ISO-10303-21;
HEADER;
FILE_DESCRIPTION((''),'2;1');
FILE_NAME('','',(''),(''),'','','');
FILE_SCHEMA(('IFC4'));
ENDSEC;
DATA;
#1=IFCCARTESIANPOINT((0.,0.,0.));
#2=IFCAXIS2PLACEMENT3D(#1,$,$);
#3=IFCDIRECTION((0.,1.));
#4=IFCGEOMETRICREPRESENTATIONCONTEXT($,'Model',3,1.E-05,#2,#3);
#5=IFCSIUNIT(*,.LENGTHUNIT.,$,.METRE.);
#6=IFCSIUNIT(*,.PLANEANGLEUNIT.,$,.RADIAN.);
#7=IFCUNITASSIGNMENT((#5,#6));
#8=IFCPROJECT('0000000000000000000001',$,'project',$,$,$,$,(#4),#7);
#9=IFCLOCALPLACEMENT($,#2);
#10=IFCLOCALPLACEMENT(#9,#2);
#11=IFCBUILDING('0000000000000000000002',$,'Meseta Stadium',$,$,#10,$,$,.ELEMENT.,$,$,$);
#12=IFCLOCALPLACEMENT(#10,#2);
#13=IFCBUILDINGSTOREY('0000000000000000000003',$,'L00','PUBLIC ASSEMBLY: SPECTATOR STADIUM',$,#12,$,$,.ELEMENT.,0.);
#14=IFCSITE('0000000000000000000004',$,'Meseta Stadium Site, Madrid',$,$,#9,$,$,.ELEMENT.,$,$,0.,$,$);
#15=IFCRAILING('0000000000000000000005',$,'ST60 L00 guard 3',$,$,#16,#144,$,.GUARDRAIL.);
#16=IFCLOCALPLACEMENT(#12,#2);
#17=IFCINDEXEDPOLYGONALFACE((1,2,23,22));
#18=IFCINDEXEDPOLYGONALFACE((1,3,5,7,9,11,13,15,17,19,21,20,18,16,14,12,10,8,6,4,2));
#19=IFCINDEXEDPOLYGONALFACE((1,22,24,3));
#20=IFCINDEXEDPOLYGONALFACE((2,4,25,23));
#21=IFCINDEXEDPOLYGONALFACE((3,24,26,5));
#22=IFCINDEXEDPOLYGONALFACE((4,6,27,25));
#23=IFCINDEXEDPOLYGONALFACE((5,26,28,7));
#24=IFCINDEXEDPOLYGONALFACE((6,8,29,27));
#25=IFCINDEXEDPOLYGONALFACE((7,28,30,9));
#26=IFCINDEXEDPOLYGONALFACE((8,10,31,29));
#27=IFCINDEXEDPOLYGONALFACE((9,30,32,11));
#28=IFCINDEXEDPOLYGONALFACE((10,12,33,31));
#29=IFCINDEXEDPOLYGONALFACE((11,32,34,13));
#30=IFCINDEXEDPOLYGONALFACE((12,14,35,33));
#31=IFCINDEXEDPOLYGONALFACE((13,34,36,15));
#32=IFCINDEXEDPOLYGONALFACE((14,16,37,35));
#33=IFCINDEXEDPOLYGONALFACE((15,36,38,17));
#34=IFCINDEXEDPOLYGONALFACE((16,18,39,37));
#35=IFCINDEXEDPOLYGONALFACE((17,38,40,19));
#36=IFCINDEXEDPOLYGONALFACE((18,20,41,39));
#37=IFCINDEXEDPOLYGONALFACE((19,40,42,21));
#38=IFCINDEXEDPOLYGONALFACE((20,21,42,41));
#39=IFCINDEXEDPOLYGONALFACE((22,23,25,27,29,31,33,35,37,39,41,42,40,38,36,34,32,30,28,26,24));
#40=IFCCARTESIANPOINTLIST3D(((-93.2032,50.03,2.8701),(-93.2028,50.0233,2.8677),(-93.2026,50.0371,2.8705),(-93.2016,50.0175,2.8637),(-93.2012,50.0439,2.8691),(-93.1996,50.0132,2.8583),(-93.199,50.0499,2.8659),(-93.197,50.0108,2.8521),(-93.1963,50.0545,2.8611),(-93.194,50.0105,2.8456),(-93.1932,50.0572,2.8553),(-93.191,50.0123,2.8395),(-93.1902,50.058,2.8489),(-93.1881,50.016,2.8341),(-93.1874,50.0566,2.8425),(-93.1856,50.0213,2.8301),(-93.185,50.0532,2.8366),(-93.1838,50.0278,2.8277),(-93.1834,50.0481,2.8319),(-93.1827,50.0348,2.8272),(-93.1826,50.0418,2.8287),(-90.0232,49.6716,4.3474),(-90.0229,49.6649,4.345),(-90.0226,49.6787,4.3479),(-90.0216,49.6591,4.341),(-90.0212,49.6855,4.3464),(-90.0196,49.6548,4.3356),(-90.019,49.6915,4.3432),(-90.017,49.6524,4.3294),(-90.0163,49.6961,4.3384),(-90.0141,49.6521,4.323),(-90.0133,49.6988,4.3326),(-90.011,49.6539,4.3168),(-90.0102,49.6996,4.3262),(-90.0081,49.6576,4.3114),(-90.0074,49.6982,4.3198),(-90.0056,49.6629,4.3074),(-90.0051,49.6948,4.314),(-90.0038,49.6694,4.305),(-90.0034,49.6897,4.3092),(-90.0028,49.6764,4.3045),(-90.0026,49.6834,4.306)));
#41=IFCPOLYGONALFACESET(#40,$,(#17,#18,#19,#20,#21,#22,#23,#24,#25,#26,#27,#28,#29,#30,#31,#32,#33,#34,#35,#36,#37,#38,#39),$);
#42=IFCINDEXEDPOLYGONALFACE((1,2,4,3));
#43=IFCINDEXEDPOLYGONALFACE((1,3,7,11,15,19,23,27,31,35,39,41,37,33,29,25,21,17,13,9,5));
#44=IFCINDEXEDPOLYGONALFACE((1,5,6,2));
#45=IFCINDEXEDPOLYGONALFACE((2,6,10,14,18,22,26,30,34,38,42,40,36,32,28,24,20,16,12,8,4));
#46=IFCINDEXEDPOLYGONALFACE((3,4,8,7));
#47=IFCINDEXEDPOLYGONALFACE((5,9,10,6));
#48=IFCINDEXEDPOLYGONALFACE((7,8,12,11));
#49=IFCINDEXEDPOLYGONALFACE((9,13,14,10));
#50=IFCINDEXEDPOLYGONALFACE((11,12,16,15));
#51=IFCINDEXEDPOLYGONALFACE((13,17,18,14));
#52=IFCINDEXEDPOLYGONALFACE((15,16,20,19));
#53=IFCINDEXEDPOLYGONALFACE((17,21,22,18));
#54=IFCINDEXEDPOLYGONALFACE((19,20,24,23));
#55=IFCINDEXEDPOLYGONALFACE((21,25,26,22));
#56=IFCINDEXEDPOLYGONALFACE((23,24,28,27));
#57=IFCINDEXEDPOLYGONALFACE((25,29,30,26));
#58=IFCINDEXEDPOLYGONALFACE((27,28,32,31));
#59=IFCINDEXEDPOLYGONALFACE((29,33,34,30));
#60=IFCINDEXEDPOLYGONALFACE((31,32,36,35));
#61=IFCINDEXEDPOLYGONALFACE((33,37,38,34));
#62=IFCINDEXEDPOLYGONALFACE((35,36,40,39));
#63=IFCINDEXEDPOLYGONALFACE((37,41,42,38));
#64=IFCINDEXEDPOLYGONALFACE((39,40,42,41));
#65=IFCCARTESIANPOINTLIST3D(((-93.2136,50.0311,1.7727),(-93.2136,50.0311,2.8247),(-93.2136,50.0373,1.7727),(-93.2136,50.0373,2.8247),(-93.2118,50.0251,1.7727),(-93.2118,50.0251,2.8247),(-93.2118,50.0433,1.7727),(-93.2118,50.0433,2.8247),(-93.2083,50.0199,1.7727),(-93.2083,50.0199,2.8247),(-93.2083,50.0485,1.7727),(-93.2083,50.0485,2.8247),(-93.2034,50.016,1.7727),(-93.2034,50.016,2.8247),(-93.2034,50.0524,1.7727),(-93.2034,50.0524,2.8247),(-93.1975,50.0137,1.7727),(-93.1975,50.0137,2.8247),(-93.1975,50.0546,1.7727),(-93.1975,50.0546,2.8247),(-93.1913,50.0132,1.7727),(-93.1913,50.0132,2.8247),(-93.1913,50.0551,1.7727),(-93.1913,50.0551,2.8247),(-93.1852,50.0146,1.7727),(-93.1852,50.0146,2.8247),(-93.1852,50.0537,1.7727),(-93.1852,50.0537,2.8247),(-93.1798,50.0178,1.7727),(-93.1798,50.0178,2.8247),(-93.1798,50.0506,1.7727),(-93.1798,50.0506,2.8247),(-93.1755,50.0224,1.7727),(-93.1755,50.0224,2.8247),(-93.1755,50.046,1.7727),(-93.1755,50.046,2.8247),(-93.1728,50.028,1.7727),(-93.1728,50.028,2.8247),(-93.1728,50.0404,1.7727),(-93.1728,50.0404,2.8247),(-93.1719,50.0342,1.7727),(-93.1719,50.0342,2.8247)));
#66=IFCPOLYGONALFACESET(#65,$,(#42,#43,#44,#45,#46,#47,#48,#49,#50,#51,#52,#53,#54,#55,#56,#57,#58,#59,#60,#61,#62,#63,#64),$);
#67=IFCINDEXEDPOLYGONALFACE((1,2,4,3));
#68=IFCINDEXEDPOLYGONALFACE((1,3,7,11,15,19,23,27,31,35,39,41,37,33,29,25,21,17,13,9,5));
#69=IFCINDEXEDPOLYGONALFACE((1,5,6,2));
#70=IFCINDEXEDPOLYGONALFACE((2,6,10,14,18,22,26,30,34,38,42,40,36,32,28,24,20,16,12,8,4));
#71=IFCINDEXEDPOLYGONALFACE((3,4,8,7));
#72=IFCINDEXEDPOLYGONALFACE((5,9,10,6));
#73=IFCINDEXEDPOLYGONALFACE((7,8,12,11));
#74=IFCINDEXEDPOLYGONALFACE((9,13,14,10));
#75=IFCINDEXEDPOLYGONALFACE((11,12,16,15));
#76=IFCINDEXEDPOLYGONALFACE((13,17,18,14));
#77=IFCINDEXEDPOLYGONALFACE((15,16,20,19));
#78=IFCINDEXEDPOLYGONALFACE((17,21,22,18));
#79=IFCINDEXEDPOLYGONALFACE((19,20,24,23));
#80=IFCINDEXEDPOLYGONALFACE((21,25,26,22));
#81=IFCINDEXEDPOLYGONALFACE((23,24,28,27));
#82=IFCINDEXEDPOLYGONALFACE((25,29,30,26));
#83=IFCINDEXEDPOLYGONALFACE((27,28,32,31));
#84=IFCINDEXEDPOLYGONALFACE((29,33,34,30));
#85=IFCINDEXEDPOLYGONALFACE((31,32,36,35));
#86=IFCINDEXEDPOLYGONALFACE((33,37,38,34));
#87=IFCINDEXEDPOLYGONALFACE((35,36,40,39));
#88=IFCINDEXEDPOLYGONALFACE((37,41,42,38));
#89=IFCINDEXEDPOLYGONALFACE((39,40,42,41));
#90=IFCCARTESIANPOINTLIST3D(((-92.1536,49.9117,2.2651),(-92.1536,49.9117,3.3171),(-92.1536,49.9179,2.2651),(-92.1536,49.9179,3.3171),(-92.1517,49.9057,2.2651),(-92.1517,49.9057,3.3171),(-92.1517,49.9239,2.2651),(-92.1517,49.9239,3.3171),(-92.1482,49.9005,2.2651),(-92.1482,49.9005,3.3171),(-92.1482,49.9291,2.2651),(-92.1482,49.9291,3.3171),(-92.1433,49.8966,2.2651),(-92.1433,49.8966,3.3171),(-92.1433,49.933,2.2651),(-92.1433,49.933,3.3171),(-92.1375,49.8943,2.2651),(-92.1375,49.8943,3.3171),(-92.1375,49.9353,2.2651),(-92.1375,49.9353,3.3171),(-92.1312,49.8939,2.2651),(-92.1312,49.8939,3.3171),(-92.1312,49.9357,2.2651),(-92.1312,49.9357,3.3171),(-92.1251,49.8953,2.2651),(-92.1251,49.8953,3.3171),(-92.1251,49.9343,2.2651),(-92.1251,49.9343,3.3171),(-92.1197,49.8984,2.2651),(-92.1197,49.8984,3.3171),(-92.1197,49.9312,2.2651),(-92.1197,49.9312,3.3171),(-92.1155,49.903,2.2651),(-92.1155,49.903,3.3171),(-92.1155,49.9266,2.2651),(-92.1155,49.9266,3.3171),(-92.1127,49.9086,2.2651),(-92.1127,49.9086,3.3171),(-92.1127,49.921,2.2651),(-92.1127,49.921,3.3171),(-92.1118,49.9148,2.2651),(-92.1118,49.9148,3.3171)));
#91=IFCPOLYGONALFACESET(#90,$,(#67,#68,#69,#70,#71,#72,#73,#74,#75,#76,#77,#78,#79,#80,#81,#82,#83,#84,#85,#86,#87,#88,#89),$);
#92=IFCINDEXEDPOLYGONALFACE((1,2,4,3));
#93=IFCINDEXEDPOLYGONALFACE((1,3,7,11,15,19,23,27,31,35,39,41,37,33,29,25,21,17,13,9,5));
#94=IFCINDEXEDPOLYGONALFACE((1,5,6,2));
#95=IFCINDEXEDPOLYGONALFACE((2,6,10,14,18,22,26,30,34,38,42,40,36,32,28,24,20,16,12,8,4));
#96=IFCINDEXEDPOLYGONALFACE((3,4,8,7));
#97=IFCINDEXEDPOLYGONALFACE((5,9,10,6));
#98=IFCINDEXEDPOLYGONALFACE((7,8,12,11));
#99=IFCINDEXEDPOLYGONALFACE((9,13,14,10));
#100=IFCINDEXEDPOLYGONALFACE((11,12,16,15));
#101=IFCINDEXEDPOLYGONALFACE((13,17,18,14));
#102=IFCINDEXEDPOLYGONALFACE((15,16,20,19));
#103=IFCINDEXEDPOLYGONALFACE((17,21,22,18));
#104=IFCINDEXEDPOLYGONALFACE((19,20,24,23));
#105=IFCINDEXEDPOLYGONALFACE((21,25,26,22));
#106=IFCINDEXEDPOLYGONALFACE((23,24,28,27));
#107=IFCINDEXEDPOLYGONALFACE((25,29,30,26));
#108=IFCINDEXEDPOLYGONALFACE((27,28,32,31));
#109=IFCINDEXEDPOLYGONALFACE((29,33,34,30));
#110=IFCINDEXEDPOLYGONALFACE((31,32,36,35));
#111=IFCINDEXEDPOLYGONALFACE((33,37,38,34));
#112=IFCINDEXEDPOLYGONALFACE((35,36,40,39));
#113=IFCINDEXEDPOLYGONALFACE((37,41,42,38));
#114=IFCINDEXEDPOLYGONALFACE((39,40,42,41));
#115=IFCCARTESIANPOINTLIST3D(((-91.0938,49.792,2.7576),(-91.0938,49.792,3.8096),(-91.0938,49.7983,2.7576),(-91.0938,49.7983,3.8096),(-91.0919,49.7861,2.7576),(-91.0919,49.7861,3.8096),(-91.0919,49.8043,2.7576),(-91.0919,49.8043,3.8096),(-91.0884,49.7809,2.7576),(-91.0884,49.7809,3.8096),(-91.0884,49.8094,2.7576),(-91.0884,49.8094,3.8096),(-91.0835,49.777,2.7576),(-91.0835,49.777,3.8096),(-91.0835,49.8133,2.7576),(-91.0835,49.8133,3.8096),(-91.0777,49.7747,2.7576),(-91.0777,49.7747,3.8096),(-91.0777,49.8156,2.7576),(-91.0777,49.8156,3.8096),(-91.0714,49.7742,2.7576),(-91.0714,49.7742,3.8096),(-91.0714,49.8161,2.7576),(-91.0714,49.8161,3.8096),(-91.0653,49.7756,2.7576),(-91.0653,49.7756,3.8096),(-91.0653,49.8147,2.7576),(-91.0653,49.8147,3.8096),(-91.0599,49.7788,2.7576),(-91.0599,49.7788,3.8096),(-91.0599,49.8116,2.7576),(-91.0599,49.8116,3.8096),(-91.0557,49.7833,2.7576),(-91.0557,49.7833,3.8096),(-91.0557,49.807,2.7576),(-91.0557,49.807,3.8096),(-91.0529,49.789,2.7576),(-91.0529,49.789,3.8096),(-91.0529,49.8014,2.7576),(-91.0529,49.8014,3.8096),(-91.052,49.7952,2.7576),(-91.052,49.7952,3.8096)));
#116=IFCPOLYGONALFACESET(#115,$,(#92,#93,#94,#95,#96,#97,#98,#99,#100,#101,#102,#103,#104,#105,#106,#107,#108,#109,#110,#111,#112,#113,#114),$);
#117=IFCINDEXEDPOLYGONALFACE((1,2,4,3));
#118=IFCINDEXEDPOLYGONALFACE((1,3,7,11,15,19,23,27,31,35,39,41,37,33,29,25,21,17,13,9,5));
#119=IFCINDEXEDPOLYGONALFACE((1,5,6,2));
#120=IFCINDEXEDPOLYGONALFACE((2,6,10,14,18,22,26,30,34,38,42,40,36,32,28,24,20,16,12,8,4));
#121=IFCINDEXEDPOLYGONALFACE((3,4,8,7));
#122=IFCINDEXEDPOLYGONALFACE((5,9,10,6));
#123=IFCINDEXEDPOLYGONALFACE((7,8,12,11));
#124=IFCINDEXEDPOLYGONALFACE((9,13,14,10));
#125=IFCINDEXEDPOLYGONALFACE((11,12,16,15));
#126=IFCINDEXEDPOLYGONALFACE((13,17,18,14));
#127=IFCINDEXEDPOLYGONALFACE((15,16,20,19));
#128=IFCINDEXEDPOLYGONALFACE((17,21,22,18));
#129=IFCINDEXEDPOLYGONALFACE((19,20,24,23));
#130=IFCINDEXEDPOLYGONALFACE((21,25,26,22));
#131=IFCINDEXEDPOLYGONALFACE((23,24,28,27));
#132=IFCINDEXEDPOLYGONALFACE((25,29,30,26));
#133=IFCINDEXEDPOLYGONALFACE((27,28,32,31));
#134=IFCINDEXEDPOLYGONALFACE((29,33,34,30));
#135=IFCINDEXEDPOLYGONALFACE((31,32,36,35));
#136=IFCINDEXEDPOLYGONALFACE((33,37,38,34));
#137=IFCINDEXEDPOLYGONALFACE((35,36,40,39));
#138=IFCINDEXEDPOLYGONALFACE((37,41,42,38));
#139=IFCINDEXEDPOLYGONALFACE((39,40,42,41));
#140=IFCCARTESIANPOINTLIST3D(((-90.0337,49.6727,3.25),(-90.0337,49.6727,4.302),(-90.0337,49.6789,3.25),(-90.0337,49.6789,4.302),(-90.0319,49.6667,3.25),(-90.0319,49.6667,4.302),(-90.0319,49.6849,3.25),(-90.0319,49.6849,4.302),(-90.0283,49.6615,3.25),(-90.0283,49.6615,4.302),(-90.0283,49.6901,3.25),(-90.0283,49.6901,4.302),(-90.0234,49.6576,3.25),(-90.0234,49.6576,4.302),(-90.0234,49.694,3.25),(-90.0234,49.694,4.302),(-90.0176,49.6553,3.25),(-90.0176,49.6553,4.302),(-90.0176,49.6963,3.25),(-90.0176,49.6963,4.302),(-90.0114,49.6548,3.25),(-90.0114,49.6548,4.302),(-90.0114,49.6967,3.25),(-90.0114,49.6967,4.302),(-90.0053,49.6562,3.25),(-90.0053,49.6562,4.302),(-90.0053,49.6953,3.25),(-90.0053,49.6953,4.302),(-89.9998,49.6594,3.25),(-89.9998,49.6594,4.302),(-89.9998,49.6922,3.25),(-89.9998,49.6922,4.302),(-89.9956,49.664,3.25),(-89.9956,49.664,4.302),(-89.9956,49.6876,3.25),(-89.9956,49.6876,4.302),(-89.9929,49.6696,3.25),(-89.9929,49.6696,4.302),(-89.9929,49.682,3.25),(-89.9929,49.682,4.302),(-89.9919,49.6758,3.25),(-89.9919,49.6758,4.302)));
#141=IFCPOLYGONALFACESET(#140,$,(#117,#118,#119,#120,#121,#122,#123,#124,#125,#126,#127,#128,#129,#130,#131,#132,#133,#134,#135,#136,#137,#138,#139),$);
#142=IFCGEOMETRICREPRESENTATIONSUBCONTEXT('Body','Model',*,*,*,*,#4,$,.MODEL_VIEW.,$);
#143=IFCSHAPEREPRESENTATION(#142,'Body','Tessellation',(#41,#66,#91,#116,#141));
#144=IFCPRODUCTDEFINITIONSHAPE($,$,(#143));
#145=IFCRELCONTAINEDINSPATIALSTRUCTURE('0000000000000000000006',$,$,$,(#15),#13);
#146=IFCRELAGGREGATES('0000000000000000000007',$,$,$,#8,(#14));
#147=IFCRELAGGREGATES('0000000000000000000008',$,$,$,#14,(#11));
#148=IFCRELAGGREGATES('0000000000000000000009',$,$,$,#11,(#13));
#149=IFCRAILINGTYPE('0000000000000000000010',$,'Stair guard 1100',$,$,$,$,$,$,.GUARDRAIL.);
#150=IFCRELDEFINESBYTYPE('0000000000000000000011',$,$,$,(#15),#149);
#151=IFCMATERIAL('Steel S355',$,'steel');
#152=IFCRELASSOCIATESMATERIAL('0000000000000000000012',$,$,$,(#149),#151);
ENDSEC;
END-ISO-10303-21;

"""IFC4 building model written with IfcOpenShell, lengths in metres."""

from ifc_helpers import new_model, si_unit, direction, frame, origin, origin_2d, place, context, subcontext, project, spatial, circle, extrude, material, type_object, element, save


model = new_model("IFC4")

# Units and contexts
model_context = context("Model", 3, precision=1e-05, world=origin(), true_north=direction((0.0, 1.0)))
body_context = subcontext(model_context, "Body", "Model", "MODEL_VIEW")
ifc_project = project(units=[si_unit("LENGTHUNIT", "METRE"), si_unit("PLANEANGLEUNIT", "RADIAN")], contexts=[model_context])

# Site, building, storey
site_placement = place(None, origin())
site = spatial("IfcSite", under=ifc_project, at=site_placement, Name="Meseta Stadium Site, Madrid", CompositionType="ELEMENT", RefElevation=0.0)
building_placement = place(site_placement, origin())
building = spatial("IfcBuilding", under=site, at=building_placement, Name="Meseta Stadium", CompositionType="ELEMENT")
storey_placement = place(building_placement, origin())
storey = spatial("IfcBuildingStorey", under=building, at=storey_placement, Name="L00", Description="PUBLIC ASSEMBLY: SPECTATOR STADIUM", CompositionType="ELEMENT", Elevation=0.0)

# Railing
ifc_material_1 = material(Name="Steel S355", Category="steel")
railing_type_1 = type_object("IfcRailingType", Name="Stair guard 1100", PredefinedType="GUARDRAIL", material=ifc_material_1)
railing_1_placement = place(storey_placement, frame((-93.1929, 50.0342, 1.7727)))
element("IfcRailing", 1, at=railing_1_placement, inside=storey, type_object=railing_type_1, Name="ST60 L00 guard 3", PredefinedType="GUARDRAIL", context=body_context, shape_type="SweptSolid", body=[
    extrude(circle(Radius=0.0239, at=origin_2d()), frame((0.0, 0.0, 1.0762), z_axis=(0.90221, -0.101685, 0.419138), x_axis=(0.111997, 0.993709, 0.0)), (0.0, 0.0, 1.0), 3.5247),
    extrude(circle(Radius=0.021, at=origin_2d()), origin(), (0.0, 0.0, 1.0), 1.052),
    extrude(circle(Radius=0.021, at=origin_2d()), frame((1.0601, -0.1194, 0.4924)), (0.0, 0.0, 1.0), 1.052),
    extrude(circle(Radius=0.021, at=origin_2d()), frame((2.1199, -0.239, 0.9849)), (0.0, 0.0, 1.0), 1.052),
    extrude(circle(Radius=0.021, at=origin_2d()), frame((3.1799, -0.3584, 1.4773)), (0.0, 0.0, 1.0), 1.052),
])

save(model, "model.ifc")
